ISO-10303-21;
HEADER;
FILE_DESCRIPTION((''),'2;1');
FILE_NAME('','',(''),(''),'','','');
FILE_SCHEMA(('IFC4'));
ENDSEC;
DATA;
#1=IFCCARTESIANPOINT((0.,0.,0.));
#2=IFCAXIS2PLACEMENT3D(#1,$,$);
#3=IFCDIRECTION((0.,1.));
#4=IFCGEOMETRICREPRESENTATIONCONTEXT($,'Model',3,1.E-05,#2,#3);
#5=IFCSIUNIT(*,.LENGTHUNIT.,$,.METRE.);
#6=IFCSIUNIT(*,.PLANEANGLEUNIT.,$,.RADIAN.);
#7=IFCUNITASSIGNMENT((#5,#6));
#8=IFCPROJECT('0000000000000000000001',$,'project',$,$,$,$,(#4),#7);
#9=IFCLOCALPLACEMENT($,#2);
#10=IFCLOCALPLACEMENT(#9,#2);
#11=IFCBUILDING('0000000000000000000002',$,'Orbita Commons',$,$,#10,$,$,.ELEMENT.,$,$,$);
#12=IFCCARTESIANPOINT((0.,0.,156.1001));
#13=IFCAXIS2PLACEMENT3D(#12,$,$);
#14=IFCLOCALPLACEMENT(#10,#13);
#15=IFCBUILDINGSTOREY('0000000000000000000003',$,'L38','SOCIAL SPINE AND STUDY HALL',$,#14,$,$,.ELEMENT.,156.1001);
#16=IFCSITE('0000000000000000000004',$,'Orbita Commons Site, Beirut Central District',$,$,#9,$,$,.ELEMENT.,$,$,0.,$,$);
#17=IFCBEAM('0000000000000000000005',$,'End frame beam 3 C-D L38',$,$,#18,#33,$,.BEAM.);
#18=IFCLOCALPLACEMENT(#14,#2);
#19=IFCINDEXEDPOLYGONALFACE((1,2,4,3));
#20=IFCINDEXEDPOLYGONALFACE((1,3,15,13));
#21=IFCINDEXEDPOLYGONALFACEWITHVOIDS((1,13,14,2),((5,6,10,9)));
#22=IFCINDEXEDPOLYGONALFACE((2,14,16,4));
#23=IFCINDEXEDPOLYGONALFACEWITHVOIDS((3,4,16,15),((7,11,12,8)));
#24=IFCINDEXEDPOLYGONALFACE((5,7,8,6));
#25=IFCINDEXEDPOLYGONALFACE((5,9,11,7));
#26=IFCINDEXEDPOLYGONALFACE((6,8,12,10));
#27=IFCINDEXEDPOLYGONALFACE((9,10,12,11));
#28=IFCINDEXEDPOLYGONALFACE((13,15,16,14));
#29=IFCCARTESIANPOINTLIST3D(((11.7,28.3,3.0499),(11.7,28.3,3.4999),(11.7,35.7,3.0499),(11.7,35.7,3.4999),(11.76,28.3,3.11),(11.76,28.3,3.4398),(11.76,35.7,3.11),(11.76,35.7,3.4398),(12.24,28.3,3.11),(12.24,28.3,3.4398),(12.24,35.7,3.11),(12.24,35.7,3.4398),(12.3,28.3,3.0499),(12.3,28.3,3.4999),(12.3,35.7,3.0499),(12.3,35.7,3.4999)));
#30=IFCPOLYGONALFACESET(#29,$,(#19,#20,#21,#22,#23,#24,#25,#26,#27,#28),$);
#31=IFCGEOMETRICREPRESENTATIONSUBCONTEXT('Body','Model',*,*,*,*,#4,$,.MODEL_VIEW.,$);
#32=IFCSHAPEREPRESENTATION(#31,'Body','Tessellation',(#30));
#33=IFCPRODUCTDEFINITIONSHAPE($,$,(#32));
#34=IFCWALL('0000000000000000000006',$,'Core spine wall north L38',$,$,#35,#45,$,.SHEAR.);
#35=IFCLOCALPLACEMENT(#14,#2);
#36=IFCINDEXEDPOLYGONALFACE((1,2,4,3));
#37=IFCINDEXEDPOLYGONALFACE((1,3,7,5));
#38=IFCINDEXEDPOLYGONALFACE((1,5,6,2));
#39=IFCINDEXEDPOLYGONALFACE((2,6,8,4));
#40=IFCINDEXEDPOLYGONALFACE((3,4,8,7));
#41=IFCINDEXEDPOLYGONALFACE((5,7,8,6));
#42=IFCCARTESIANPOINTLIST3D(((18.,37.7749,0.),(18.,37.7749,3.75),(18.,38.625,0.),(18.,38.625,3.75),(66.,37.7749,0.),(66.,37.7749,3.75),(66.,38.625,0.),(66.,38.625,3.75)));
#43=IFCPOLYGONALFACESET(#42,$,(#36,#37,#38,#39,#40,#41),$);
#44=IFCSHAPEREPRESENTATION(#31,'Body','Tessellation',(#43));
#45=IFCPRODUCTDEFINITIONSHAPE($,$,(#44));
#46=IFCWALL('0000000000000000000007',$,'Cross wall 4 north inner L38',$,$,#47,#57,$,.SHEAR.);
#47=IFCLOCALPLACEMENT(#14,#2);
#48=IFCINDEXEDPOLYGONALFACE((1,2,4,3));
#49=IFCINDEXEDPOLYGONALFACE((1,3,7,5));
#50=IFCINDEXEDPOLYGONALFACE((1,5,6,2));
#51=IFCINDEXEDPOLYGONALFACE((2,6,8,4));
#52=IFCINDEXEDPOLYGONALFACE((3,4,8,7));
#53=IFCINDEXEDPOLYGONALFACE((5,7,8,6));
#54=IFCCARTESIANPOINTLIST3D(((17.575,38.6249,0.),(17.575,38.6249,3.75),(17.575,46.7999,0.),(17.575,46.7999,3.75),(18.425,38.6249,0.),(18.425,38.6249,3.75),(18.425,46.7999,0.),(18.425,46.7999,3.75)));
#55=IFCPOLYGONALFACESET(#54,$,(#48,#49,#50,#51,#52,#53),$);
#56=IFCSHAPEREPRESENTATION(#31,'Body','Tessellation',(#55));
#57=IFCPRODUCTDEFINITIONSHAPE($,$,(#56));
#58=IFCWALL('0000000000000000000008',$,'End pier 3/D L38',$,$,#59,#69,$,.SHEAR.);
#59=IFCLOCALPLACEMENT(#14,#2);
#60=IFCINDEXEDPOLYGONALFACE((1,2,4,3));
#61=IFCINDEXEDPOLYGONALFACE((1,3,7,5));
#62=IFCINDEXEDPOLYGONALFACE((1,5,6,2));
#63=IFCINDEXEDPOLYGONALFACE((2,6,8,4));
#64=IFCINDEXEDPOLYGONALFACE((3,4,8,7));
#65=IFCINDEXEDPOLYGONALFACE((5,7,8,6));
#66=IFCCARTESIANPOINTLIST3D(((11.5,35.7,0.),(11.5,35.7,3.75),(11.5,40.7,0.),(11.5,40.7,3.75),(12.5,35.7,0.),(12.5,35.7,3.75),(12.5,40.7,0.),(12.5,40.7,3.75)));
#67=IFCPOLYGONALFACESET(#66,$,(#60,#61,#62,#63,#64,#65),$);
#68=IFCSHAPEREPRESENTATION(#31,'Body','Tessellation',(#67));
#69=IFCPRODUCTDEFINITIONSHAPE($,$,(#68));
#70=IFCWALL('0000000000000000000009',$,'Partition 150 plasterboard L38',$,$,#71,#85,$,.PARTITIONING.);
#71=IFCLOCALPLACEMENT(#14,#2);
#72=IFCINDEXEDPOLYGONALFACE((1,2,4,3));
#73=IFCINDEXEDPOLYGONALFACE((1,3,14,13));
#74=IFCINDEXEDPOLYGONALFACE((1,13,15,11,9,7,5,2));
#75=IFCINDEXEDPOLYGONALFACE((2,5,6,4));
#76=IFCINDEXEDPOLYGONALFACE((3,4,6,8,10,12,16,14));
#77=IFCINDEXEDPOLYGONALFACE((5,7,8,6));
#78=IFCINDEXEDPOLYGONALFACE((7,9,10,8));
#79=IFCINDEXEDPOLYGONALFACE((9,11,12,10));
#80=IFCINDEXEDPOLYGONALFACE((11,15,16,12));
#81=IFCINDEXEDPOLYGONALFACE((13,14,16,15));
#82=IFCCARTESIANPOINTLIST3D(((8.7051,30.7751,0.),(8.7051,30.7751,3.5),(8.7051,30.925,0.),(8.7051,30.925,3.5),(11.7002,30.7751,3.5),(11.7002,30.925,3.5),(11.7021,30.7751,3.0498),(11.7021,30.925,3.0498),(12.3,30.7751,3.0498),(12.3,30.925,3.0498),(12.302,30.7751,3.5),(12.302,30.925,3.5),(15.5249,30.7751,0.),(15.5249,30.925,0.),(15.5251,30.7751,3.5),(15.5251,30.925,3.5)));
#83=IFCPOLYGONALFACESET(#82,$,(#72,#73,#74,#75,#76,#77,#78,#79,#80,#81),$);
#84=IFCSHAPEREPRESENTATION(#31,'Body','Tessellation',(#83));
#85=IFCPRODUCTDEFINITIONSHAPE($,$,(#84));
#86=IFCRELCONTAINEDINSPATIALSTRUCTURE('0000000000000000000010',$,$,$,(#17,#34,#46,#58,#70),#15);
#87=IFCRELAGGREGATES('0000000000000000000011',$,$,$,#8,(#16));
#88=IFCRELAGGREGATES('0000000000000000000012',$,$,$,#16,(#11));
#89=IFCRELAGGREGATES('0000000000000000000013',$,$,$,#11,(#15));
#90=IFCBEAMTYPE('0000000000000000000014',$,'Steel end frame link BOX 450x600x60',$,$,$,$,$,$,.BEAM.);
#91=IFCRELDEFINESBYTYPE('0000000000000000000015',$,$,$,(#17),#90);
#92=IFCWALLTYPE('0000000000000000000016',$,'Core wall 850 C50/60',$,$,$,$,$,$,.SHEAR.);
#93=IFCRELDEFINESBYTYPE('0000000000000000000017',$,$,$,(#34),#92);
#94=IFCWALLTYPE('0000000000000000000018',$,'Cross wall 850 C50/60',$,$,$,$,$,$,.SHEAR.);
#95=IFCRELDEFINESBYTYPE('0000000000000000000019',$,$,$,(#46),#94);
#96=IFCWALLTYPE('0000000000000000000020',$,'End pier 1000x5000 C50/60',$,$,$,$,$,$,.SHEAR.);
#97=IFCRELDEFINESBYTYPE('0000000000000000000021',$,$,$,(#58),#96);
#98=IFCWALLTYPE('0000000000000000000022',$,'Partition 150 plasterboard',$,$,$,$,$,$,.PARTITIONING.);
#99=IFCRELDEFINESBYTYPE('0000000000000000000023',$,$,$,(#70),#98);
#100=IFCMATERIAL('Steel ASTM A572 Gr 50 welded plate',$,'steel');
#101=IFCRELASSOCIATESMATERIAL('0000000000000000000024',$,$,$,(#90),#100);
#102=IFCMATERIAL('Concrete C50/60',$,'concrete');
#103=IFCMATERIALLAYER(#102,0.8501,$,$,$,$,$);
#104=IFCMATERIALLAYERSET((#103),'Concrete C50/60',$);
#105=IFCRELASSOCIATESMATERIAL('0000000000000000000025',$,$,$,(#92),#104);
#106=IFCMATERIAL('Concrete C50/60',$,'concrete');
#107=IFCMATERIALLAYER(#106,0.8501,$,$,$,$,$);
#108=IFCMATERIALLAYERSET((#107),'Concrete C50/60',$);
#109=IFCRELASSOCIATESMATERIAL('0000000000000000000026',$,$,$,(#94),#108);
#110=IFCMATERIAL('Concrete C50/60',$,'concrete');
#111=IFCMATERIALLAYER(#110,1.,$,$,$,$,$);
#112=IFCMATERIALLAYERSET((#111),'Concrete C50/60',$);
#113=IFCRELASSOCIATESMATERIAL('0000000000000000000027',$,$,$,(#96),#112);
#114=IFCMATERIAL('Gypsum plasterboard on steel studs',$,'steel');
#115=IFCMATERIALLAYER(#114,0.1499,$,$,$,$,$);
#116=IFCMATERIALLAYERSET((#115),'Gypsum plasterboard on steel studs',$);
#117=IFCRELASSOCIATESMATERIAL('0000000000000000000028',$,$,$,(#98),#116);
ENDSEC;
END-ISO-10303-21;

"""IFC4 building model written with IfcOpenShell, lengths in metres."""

from ifc_helpers import new_model, si_unit, direction, frame, frame_2d, origin, origin_2d, place, context, subcontext, project, spatial, polyline, rectangle, hollow_rectangle, outline, extrude, material, layer, layer_set, material_profile, profile_set, type_object, element, save


model = new_model("IFC4")

# Units and contexts
model_context = context("Model", 3, precision=1e-05, world=origin(), true_north=direction((0.0, 1.0)))
body_context = subcontext(model_context, "Body", "Model", "MODEL_VIEW")
ifc_project = project(units=[si_unit("LENGTHUNIT", "METRE"), si_unit("PLANEANGLEUNIT", "RADIAN")], contexts=[model_context])

# Site, building, storey
site_placement = place(None, origin())
site = spatial("IfcSite", under=ifc_project, at=site_placement, Name="Orbita Commons Site, Beirut Central District", CompositionType="ELEMENT", RefElevation=0.0)
building_placement = place(site_placement, origin())
building = spatial("IfcBuilding", under=site, at=building_placement, Name="Orbita Commons", CompositionType="ELEMENT")
storey_placement = place(building_placement, frame((0.0, 0.0, 156.1001)))
storey = spatial("IfcBuildingStorey", under=building, at=storey_placement, Name="L38", Description="SOCIAL SPINE AND STUDY HALL", CompositionType="ELEMENT", Elevation=156.1001)

# Beam
ifc_material_1 = material(Name="Steel ASTM A572 Gr 50 welded plate", Category="steel")
ifc_material_profile = material_profile(ifc_material_1, hollow_rectangle(XDim=0.6001, YDim=0.45, WallThickness=0.0601, at=origin_2d()), Name="BOX 450x600x60")
ifc_profile_set = profile_set([ifc_material_profile], Name="Steel ASTM A572 Gr 50 welded plate")
beam_type = type_object("IfcBeamType", Name="Steel end frame link BOX 450x600x60", PredefinedType="BEAM", material=ifc_profile_set)
beam_placement = place(storey_placement, frame((12.0, 28.3, 3.2749), z_axis=(0.0, 1.0, 0.0), x_axis=(-1.0, 0.0, 0.0)))
element("IfcBeam", 1, at=beam_placement, inside=storey, type_object=beam_type, Name="End frame beam 3 C-D L38", PredefinedType="BEAM", context=body_context, shape_type="SweptSolid", body=[
    extrude(hollow_rectangle(XDim=0.6001, YDim=0.45, WallThickness=0.0601, at=origin_2d()), origin(), (0.0, 0.0, 1.0), 7.3999),
])

# Walls
ifc_material_2 = material(Name="Concrete C50/60", Category="concrete")
ifc_layer_1 = layer(ifc_material_2, 0.8501)
ifc_layer_set_1 = layer_set([ifc_layer_1], Name="Concrete C50/60")
wall_type_1 = type_object("IfcWallType", Name="Core wall 850 C50/60", PredefinedType="SHEAR", material=ifc_layer_set_1)
wall_1_placement = place(storey_placement, frame((18.0, 38.2, 0.0), z_axis=(0.0, 0.0, 1.0), x_axis=(1.0, 0.0, 0.0)))
element("IfcWall", 2, at=wall_1_placement, inside=storey, type_object=wall_type_1, Name="Core spine wall north L38", PredefinedType="SHEAR", context=body_context, shape_type="SweptSolid", body=[
    extrude(rectangle(XDim=48.0, YDim=0.8501, at=frame_2d((24.0, 0.0))), origin(), (0.0, 0.0, 1.0), 3.75),
])
ifc_material_3 = material(Name="Concrete C50/60", Category="concrete")
ifc_layer_2 = layer(ifc_material_3, 0.8501)
ifc_layer_set_2 = layer_set([ifc_layer_2], Name="Concrete C50/60")
wall_type_2 = type_object("IfcWallType", Name="Cross wall 850 C50/60", PredefinedType="SHEAR", material=ifc_layer_set_2)
wall_2_placement = place(storey_placement, frame((18.0, 38.625, 0.0), z_axis=(0.0, 0.0, 1.0), x_axis=(0.0, 1.0, 0.0)))
element("IfcWall", 3, at=wall_2_placement, inside=storey, type_object=wall_type_2, Name="Cross wall 4 north inner L38", PredefinedType="SHEAR", context=body_context, shape_type="SweptSolid", body=[
    extrude(rectangle(XDim=8.175, YDim=0.8501, at=frame_2d((4.0874, 0.0))), origin(), (0.0, 0.0, 1.0), 3.75),
])
ifc_material_4 = material(Name="Concrete C50/60", Category="concrete")
ifc_layer_3 = layer(ifc_material_4, 1.0)
ifc_layer_set_3 = layer_set([ifc_layer_3], Name="Concrete C50/60")
wall_type_3 = type_object("IfcWallType", Name="End pier 1000x5000 C50/60", PredefinedType="SHEAR", material=ifc_layer_set_3)
wall_3_placement = place(storey_placement, frame((12.0, 35.7, 0.0), z_axis=(0.0, 0.0, 1.0), x_axis=(0.0, 1.0, 0.0)))
element("IfcWall", 4, at=wall_3_placement, inside=storey, type_object=wall_type_3, Name="End pier 3/D L38", PredefinedType="SHEAR", context=body_context, shape_type="SweptSolid", body=[
    extrude(rectangle(XDim=5.0, YDim=1.0, at=frame_2d((2.5, 0.0))), origin(), (0.0, 0.0, 1.0), 3.75),
])
ifc_material_5 = material(Name="Gypsum plasterboard on steel studs", Category="steel")
ifc_layer_4 = layer(ifc_material_5, 0.1499)
ifc_layer_set_4 = layer_set([ifc_layer_4], Name="Gypsum plasterboard on steel studs")
wall_type_4 = type_object("IfcWallType", Name="Partition 150 plasterboard", PredefinedType="PARTITIONING", material=ifc_layer_set_4)
wall_4_placement = place(storey_placement, frame((8.7051, 30.8501, 0.0), z_axis=(0.0, 0.0, 1.0), x_axis=(1.0, 0.0, 0.0)))
element("IfcWall", 5, at=wall_4_placement, inside=storey, type_object=wall_type_4, Name="Partition 150 plasterboard L38", PredefinedType="PARTITIONING", context=body_context, shape_type="SweptSolid", body=[
    extrude(outline(polyline([(0.0, 0.0), (6.8198, 0.0), (6.8201, 3.5), (3.5969, 3.5), (3.595, 3.0498), (2.9971, 3.0498), (2.9951, 3.5), (0.0, 3.5), (0.0, 0.0)])), frame((0.0, 0.075, 0.0), z_axis=(0.0, -1.0, 0.0), x_axis=(1.0, 0.0, 0.0)), (0.0, 0.0, 1.0), 0.1499),
])

save(model, "model.ifc")
